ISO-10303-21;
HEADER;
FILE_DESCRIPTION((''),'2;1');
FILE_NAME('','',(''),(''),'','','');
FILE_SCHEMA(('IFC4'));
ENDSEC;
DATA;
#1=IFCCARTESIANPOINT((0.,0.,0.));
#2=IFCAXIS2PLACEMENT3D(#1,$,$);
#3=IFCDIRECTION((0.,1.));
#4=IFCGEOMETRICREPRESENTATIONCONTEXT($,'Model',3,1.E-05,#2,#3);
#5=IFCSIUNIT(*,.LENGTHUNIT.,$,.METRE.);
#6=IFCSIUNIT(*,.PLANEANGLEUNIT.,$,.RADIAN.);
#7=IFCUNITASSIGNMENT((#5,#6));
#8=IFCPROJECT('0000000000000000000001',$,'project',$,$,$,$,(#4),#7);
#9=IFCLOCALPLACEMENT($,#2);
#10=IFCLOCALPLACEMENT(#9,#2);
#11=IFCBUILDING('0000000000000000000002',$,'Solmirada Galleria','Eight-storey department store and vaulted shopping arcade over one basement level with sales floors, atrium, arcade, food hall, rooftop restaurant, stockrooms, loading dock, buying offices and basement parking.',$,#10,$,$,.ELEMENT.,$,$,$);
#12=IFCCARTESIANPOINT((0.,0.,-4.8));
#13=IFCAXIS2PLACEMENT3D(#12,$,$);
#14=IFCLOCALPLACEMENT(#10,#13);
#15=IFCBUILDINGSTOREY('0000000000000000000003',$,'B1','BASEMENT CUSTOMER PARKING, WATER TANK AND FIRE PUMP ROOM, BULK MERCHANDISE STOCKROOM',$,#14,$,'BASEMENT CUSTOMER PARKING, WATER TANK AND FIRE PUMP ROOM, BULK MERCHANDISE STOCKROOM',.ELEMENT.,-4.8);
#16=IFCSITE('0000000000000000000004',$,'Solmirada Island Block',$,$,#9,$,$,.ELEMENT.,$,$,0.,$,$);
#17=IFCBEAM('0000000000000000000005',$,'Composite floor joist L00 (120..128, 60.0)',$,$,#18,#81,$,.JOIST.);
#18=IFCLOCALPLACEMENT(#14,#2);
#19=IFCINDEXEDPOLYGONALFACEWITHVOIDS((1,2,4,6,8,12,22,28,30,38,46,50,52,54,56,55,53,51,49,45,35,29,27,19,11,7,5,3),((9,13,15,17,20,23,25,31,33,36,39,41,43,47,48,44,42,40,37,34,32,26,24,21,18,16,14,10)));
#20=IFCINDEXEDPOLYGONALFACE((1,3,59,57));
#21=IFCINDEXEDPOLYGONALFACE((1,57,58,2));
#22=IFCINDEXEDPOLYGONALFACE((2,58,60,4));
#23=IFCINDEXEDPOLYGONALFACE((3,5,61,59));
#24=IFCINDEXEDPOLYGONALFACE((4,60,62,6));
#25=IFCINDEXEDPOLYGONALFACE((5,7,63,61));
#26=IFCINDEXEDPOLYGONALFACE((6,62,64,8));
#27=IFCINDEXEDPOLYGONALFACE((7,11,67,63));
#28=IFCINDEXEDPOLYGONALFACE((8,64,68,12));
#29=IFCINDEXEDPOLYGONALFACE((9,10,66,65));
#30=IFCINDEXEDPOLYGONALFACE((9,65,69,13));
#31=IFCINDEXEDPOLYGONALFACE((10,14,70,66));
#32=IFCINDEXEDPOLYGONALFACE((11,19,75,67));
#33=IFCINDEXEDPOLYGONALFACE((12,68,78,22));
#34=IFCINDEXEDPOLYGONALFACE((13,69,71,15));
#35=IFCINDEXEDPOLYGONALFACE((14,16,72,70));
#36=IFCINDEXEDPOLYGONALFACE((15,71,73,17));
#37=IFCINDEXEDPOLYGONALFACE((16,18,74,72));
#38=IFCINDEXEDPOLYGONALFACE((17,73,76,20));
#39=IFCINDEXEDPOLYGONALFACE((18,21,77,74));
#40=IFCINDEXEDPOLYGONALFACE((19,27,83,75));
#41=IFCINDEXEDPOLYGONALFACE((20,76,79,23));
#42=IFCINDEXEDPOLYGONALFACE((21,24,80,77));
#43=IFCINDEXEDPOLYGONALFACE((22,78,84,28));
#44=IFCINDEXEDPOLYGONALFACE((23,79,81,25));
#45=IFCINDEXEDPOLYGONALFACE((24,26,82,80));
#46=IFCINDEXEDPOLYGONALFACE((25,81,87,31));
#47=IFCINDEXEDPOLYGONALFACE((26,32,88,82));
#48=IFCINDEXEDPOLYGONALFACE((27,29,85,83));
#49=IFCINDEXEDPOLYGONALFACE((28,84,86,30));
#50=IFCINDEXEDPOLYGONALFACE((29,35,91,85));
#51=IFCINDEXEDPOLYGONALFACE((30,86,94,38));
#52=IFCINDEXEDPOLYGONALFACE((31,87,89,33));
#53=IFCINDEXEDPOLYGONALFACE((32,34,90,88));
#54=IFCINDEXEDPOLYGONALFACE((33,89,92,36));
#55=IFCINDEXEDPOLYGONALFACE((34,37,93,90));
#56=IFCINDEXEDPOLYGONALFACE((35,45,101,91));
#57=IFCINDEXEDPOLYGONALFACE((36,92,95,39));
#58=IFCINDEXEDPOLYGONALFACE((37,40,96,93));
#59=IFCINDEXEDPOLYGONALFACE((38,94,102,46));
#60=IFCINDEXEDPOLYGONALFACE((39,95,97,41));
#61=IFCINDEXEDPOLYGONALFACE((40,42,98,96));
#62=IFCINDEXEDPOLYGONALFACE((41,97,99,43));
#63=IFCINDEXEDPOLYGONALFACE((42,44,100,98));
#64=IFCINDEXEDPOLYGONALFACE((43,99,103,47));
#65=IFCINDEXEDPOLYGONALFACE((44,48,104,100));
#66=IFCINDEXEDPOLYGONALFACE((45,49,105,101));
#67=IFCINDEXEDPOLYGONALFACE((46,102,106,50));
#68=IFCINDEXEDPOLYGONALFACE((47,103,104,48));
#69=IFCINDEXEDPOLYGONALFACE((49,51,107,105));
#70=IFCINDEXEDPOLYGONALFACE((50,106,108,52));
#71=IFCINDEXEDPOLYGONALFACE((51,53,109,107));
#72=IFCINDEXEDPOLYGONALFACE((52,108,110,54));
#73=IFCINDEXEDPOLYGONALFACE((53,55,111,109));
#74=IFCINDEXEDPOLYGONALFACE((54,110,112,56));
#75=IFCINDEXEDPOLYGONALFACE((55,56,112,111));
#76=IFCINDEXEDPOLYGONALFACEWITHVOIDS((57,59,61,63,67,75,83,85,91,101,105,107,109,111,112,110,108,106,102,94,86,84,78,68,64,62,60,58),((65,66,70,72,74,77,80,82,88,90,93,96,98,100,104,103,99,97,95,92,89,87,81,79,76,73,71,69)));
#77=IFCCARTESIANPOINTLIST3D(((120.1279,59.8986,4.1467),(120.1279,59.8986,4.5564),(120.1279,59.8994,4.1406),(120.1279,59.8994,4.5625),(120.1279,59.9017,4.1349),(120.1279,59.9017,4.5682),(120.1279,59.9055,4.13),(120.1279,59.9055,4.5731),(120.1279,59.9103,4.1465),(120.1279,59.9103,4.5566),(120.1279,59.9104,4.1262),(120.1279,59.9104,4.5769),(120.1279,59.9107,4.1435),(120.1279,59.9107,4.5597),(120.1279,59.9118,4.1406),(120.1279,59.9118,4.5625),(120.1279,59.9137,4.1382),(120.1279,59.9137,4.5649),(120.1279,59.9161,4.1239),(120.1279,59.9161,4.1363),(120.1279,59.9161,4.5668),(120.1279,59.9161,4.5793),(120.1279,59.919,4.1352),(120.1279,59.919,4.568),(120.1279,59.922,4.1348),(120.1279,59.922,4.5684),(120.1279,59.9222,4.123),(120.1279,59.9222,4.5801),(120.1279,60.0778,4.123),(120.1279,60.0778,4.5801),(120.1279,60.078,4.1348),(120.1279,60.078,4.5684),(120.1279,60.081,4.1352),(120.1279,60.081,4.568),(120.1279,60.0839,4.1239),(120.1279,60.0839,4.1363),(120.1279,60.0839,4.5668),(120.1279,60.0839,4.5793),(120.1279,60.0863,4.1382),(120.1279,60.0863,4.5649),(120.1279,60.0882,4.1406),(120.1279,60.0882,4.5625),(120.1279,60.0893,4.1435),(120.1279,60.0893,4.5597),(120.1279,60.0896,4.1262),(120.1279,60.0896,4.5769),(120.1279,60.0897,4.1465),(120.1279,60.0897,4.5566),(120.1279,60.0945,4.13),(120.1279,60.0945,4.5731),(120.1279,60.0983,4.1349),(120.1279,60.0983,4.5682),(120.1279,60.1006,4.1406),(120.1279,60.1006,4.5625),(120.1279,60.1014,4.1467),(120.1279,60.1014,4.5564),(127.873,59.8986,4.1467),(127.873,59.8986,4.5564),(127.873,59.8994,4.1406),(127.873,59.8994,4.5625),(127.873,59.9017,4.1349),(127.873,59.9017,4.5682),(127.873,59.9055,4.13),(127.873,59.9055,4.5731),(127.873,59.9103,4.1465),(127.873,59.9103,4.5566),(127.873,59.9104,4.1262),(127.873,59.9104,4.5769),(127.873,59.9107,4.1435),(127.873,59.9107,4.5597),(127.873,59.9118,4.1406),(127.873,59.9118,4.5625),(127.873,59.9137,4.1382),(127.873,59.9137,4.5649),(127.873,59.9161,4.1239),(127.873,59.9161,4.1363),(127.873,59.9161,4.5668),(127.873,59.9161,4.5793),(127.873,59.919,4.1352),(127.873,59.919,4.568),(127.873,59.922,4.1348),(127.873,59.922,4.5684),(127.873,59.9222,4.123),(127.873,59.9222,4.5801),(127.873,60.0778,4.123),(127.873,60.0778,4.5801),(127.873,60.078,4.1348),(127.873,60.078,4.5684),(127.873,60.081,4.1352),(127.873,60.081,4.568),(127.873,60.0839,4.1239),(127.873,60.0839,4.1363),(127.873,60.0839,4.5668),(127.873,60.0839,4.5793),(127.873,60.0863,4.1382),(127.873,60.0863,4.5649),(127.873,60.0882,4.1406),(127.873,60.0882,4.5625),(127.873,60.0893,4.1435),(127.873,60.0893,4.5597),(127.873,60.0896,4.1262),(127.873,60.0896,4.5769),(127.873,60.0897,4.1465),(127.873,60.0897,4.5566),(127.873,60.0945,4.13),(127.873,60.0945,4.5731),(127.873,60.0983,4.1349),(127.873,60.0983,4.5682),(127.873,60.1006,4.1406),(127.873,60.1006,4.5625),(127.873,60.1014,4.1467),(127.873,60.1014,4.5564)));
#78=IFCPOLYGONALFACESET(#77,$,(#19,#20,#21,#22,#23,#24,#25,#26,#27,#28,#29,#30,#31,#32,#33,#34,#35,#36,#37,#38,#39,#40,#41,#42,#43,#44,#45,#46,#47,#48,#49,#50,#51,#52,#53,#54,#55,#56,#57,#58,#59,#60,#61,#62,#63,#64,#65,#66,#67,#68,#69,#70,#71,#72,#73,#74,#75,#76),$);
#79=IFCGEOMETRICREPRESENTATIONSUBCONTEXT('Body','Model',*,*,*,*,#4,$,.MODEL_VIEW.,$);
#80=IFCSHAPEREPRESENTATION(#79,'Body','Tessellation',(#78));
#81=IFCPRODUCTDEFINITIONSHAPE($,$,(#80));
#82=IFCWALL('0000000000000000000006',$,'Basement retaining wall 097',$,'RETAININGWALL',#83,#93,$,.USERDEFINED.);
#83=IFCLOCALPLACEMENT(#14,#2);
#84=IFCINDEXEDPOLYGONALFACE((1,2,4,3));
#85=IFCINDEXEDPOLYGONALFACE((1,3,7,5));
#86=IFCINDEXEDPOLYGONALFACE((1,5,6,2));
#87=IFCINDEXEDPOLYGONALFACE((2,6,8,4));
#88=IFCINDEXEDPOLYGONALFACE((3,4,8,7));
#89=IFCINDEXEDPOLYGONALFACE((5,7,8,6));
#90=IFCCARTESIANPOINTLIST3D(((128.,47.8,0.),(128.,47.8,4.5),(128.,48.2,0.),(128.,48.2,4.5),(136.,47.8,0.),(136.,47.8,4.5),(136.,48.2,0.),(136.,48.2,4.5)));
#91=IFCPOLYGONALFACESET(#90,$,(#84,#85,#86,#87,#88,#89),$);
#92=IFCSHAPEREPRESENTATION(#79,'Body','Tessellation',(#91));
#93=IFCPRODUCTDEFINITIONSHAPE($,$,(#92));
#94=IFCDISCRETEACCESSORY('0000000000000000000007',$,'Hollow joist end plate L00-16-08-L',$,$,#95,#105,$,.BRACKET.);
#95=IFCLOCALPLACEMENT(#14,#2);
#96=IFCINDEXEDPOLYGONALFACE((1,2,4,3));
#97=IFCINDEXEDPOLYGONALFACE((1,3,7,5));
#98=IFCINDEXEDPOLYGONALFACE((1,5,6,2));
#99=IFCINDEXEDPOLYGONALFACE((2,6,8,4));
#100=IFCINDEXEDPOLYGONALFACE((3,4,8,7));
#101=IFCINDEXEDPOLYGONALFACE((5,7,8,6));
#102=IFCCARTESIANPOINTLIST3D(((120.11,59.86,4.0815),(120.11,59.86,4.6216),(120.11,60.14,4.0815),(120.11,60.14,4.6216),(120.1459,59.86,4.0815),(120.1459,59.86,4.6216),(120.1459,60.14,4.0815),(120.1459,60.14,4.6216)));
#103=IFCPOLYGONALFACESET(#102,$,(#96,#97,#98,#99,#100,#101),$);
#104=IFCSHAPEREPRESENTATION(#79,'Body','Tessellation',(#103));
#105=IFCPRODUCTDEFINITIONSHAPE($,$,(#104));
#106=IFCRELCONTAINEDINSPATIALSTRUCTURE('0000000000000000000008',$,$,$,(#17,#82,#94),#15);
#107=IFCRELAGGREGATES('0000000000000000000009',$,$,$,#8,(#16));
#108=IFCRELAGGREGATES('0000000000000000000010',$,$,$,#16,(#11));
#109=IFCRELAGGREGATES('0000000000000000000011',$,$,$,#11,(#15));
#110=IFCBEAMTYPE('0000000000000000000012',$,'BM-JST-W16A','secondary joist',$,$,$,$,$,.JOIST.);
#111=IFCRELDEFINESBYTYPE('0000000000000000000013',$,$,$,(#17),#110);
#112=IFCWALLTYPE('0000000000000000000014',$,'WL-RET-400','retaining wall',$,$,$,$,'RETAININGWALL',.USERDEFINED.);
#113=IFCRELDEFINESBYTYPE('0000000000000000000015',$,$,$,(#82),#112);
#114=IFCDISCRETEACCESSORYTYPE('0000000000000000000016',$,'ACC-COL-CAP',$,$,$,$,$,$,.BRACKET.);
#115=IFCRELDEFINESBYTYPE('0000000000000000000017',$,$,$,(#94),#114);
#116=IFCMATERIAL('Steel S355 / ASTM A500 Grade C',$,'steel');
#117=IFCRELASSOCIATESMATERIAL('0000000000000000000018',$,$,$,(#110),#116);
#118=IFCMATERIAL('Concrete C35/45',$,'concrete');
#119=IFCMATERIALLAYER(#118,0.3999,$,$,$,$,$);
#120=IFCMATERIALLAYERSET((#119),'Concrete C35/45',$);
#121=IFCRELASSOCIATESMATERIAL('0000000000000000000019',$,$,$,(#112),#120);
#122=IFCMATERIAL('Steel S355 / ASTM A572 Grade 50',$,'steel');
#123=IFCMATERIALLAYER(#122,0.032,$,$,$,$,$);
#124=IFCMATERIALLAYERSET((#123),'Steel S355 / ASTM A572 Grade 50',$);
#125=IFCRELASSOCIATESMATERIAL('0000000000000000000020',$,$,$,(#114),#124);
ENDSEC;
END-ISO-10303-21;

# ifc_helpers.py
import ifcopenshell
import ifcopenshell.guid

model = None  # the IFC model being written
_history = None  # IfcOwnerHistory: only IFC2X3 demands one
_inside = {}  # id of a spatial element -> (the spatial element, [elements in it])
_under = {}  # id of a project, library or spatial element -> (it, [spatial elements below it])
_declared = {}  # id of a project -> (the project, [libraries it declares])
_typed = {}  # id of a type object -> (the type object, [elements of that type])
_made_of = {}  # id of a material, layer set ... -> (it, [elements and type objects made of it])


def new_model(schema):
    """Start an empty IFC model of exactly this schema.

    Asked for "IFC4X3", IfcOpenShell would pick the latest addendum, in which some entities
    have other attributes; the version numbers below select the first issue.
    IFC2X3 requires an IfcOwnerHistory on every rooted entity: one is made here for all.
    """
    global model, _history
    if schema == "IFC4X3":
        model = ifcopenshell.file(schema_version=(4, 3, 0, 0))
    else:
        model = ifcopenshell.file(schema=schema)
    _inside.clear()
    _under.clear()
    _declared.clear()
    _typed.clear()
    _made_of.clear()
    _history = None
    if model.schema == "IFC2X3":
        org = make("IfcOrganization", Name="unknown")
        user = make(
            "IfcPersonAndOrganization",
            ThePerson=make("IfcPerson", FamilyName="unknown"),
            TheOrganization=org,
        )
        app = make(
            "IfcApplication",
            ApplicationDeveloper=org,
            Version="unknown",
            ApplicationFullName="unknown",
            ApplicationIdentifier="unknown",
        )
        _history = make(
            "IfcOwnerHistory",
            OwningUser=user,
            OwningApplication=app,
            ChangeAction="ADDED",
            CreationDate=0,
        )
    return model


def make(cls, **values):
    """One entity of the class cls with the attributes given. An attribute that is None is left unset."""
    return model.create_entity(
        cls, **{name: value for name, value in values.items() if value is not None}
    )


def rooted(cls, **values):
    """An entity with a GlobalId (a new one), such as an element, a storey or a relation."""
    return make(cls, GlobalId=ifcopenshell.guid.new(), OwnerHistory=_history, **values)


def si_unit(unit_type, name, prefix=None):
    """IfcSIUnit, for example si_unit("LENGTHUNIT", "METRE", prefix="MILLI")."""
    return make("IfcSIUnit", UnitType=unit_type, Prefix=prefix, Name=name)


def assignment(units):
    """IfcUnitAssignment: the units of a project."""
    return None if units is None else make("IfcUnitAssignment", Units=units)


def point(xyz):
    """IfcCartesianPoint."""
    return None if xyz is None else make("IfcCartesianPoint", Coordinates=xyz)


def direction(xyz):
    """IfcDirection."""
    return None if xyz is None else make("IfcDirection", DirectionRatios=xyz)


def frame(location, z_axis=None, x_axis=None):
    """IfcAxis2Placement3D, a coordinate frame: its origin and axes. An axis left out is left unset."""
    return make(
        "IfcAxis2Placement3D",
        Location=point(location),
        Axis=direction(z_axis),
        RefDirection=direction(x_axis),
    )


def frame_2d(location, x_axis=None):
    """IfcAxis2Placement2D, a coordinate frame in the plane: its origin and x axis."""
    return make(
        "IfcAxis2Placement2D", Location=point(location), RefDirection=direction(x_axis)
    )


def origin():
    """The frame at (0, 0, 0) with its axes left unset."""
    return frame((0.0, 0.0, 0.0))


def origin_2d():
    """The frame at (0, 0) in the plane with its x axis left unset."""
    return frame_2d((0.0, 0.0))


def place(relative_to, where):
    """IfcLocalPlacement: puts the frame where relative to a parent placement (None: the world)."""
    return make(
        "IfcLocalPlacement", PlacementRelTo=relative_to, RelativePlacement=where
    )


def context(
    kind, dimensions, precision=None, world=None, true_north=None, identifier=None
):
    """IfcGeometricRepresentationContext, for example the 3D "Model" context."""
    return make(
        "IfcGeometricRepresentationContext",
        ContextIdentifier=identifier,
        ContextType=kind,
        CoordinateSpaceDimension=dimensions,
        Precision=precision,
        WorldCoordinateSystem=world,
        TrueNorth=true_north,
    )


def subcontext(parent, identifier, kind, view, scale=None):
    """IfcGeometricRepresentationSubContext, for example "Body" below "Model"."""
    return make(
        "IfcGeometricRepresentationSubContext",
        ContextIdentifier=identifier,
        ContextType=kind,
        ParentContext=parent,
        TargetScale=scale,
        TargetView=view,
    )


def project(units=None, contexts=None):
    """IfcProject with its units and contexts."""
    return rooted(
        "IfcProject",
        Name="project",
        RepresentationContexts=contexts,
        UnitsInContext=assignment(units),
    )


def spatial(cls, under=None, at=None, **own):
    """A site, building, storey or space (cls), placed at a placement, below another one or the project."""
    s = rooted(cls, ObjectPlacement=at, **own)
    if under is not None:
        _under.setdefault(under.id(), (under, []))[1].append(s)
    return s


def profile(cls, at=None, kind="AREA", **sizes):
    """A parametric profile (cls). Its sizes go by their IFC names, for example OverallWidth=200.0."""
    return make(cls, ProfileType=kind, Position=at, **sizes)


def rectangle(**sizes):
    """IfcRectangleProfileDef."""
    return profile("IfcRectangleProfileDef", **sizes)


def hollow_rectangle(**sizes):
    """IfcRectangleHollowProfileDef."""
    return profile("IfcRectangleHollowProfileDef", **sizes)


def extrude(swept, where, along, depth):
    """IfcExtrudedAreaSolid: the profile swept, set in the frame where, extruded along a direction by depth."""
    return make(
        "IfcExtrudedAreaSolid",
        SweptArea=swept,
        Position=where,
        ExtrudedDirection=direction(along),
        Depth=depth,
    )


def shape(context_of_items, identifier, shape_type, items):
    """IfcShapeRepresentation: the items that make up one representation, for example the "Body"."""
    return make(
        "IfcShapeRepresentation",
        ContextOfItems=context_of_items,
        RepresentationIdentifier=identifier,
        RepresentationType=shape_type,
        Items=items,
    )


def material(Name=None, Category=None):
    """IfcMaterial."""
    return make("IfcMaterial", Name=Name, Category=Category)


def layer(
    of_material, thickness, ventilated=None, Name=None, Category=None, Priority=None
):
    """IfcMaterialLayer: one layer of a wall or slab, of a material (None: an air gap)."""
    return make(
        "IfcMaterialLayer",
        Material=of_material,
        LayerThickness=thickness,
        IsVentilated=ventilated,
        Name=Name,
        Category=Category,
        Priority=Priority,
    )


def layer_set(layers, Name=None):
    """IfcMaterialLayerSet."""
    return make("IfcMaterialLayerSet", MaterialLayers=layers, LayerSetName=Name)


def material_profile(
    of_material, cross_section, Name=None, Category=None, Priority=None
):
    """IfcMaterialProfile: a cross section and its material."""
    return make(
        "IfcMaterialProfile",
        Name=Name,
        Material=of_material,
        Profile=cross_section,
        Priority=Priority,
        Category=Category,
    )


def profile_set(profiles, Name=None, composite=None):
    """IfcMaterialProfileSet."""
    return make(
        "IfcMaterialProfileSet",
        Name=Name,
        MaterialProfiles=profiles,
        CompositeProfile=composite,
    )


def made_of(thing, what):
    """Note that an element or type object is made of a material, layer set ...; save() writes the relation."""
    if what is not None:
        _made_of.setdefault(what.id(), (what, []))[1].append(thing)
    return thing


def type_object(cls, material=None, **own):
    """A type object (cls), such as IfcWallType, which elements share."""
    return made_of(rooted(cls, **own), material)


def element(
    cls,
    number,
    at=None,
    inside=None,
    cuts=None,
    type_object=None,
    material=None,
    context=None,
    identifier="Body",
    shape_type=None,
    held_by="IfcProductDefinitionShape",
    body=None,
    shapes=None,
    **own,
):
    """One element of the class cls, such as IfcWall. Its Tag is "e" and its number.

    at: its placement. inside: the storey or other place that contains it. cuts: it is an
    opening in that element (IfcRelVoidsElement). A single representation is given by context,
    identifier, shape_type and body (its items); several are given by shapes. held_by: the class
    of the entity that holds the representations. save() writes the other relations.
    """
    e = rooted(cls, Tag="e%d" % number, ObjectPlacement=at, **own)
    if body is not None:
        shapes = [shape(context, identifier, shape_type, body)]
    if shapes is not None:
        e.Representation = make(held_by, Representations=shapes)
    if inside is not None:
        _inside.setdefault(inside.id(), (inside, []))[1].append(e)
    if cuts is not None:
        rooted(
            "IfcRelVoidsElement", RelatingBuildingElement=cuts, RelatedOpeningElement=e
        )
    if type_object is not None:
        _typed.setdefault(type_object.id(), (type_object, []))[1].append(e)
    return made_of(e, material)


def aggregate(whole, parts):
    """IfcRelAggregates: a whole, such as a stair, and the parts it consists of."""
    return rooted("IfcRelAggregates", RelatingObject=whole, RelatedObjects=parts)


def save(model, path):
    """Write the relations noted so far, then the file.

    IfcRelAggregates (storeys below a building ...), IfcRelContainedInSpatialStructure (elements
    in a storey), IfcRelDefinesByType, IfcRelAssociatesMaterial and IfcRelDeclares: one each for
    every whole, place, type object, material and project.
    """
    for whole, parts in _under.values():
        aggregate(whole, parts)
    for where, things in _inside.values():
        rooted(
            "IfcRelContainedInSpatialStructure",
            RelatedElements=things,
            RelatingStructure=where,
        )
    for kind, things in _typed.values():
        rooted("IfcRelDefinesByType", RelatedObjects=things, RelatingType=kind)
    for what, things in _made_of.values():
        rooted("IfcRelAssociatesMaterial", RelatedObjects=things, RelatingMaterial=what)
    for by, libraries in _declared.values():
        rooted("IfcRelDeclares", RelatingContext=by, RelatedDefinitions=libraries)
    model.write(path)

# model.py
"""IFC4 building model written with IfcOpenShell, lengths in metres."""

from ifc_helpers import new_model, si_unit, direction, frame, frame_2d, origin, origin_2d, place, context, subcontext, project, spatial, rectangle, hollow_rectangle, extrude, material, layer, layer_set, material_profile, profile_set, type_object, element, save


model = new_model("IFC4")

# Units and contexts
model_context = context("Model", 3, precision=1e-05, world=origin(), true_north=direction((0.0, 1.0)))
body_context = subcontext(model_context, "Body", "Model", "MODEL_VIEW")
ifc_project = project(units=[si_unit("LENGTHUNIT", "METRE"), si_unit("PLANEANGLEUNIT", "RADIAN")], contexts=[model_context])

# Site, building, storey
site_placement = place(None, origin())
site = spatial("IfcSite", under=ifc_project, at=site_placement, Name="Solmirada Island Block", CompositionType="ELEMENT", RefElevation=0.0)
building_placement = place(site_placement, origin())
building = spatial("IfcBuilding", under=site, at=building_placement, Name="Solmirada Galleria", Description="Eight-storey department store and vaulted shopping arcade over one basement level with sales floors, atrium, arcade, food hall, rooftop restaurant, stockrooms, loading dock, buying offices and basement parking.", CompositionType="ELEMENT")
storey_placement = place(building_placement, frame((0.0, 0.0, -4.8)))
storey = spatial("IfcBuildingStorey", under=building, at=storey_placement, Name="B1", Description="BASEMENT CUSTOMER PARKING, WATER TANK AND FIRE PUMP ROOM, BULK MERCHANDISE STOCKROOM", LongName="BASEMENT CUSTOMER PARKING, WATER TANK AND FIRE PUMP ROOM, BULK MERCHANDISE STOCKROOM", CompositionType="ELEMENT", Elevation=-4.8)

# Shared definitions
ifc_material_1 = material(Name="Concrete C35/45", Category="concrete")

# Shared definitions
ifc_material_2 = material(Name="Steel S355 / ASTM A500 Grade C", Category="steel")

# Beam
ifc_material_profile_1 = material_profile(ifc_material_2, hollow_rectangle(XDim=0.2029, YDim=0.457, WallThickness=0.0117, InnerFilletRadius=0.0117, OuterFilletRadius=0.0237, at=origin_2d()), Name="HSS18X8X1/2")
ifc_profile_set_1 = profile_set([ifc_material_profile_1], Name="Steel S355 / ASTM A500 Grade C")
beam_type_1 = type_object("IfcBeamType", Name="BM-JST-W16A", Description="secondary joist", PredefinedType="JOIST", material=ifc_profile_set_1)
beam_1_placement = place(storey_placement, frame((120.1279, 60.0, 4.3516), z_axis=(1.0, 0.0, 0.0), x_axis=(0.0, 1.0, 0.0)))
element("IfcBeam", 1, at=beam_1_placement, inside=storey, type_object=beam_type_1, Name="Composite floor joist L00 (120..128, 60.0)", PredefinedType="JOIST", context=body_context, shape_type="SweptSolid", body=[
    extrude(hollow_rectangle(XDim=0.2029, YDim=0.457, WallThickness=0.0117, InnerFilletRadius=0.0117, OuterFilletRadius=0.0237, at=origin_2d()), origin(), (0.0, 0.0, 1.0), 7.7451),
])

# Wall
ifc_layer_1 = layer(ifc_material_1, 0.3999)
ifc_layer_set_1 = layer_set([ifc_layer_1], Name="Concrete C35/45")
wall_type = type_object("IfcWallType", Name="WL-RET-400", Description="retaining wall", ElementType="RETAININGWALL", PredefinedType="USERDEFINED", material=ifc_layer_set_1)
wall_placement = place(storey_placement, frame((128.0, 48.0, 0.0), z_axis=(0.0, 0.0, 1.0), x_axis=(1.0, 0.0, 0.0)))
element("IfcWall", 2, at=wall_placement, inside=storey, type_object=wall_type, Name="Basement retaining wall 097", ObjectType="RETAININGWALL", PredefinedType="USERDEFINED", context=body_context, shape_type="SweptSolid", body=[
    extrude(rectangle(XDim=8.0, YDim=0.3999, at=frame_2d((4.0, 0.0))), origin(), (0.0, 0.0, 1.0), 4.5),
])

# Discrete accessory
ifc_material_3 = material(Name="Steel S355 / ASTM A572 Grade 50", Category="steel")
ifc_layer_2 = layer(ifc_material_3, 0.032)
ifc_layer_set_2 = layer_set([ifc_layer_2], Name="Steel S355 / ASTM A572 Grade 50")
discrete_accessory_type = type_object("IfcDiscreteAccessoryType", Name="ACC-COL-CAP", PredefinedType="BRACKET", material=ifc_layer_set_2)
discrete_accessory_placement = place(storey_placement, frame((120.1279, 60.0, 4.0815), z_axis=(0.0, 0.0, 1.0), x_axis=(1.0, 0.0, 0.0)))
element("IfcDiscreteAccessory", 3, at=discrete_accessory_placement, inside=storey, type_object=discrete_accessory_type, Name="Hollow joist end plate L00-16-08-L", PredefinedType="BRACKET", context=body_context, shape_type="SweptSolid", body=[
    extrude(rectangle(XDim=0.0359, YDim=0.28, at=origin_2d()), origin(), (0.0, 0.0, 1.0), 0.54),
])

save(model, "model.ifc")
